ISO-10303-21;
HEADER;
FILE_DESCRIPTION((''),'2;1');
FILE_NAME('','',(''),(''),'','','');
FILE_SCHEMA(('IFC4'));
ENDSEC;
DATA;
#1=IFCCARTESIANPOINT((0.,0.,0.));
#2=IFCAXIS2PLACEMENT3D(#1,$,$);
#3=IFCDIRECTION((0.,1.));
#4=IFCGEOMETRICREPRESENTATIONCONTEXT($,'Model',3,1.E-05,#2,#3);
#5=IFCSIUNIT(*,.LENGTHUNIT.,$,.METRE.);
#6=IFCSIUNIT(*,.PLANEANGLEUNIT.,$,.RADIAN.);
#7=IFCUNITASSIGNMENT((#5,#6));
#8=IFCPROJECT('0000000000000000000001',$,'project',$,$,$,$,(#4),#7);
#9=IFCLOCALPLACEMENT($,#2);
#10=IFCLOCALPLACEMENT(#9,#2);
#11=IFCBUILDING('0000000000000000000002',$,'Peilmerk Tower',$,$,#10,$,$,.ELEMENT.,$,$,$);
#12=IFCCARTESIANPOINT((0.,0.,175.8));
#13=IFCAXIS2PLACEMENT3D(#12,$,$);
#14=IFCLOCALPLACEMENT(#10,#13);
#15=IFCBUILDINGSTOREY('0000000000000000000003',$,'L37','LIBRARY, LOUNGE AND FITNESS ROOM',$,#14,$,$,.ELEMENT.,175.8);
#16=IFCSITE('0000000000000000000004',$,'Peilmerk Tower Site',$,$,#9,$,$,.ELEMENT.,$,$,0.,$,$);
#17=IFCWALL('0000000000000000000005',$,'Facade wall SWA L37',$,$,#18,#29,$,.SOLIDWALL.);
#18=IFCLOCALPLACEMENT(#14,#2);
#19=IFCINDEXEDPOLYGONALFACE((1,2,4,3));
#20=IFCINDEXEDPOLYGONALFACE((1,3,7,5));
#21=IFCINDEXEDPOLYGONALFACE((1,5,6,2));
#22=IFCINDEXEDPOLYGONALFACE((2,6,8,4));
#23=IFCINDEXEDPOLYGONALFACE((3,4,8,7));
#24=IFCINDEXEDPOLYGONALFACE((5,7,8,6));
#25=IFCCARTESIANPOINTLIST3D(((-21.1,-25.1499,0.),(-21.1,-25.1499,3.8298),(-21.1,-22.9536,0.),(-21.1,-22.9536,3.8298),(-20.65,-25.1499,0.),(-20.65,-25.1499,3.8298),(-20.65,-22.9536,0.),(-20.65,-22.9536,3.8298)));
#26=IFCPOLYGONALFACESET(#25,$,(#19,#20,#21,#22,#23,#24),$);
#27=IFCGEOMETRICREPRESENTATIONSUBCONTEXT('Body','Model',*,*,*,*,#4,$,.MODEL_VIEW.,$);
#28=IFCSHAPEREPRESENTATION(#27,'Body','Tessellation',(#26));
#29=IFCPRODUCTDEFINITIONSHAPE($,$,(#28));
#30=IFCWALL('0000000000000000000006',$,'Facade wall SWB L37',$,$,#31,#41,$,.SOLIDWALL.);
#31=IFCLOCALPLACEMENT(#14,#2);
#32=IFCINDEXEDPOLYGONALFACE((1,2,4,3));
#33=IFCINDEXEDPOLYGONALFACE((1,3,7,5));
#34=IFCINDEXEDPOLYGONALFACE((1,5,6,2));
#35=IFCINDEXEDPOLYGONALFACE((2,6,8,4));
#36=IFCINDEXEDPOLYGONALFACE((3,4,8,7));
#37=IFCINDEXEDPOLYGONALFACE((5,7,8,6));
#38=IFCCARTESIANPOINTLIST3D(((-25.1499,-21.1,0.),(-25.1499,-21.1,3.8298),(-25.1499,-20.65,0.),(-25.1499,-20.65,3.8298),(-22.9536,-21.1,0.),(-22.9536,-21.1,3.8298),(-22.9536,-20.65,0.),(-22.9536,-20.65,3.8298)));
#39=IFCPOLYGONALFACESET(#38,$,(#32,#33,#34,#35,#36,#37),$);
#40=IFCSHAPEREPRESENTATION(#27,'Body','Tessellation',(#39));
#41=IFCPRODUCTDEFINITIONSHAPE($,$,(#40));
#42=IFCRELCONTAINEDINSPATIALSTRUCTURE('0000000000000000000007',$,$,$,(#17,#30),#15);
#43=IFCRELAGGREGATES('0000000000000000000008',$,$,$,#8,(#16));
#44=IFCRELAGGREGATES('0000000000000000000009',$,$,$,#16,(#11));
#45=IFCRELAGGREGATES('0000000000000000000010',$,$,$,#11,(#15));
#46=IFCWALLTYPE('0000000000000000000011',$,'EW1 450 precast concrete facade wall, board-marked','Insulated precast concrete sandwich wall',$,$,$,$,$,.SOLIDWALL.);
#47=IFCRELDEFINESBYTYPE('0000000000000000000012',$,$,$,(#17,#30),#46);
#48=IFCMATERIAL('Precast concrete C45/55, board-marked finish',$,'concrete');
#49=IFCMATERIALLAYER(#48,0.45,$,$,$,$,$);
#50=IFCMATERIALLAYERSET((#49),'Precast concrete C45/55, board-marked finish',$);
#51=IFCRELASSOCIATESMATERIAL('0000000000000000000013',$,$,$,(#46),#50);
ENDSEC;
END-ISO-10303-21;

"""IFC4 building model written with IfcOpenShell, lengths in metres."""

from ifc_helpers import new_model, si_unit, direction, frame, frame_2d, origin, place, context, subcontext, project, spatial, rectangle, extrude, material, layer, layer_set, type_object, element, save


model = new_model("IFC4")

# Units and contexts
model_context = context("Model", 3, precision=1e-05, world=origin(), true_north=direction((0.0, 1.0)))
body_context = subcontext(model_context, "Body", "Model", "MODEL_VIEW")
ifc_project = project(units=[si_unit("LENGTHUNIT", "METRE"), si_unit("PLANEANGLEUNIT", "RADIAN")], contexts=[model_context])

# Site, building, storey
site_placement = place(None, origin())
site = spatial("IfcSite", under=ifc_project, at=site_placement, Name="Peilmerk Tower Site", CompositionType="ELEMENT", RefElevation=0.0)
building_placement = place(site_placement, origin())
building = spatial("IfcBuilding", under=site, at=building_placement, Name="Peilmerk Tower", CompositionType="ELEMENT")
storey_placement = place(building_placement, frame((0.0, 0.0, 175.8)))
storey = spatial("IfcBuildingStorey", under=building, at=storey_placement, Name="L37", Description="LIBRARY, LOUNGE AND FITNESS ROOM", CompositionType="ELEMENT", Elevation=175.8)

# Shared definitions
ifc_material_1 = material(Name="Precast concrete C45/55, board-marked finish", Category="concrete")
ifc_layer_1 = layer(ifc_material_1, 0.45)
ifc_layer_set_1 = layer_set([ifc_layer_1], Name="Precast concrete C45/55, board-marked finish")
wall_type = type_object("IfcWallType", Name="EW1 450 precast concrete facade wall, board-marked", Description="Insulated precast concrete sandwich wall", PredefinedType="SOLIDWALL", material=ifc_layer_set_1)

# Walls
for number, where, z_axis, x_axis, name in (
    (1, (-20.875, -22.9536, 0.0), (0.0, 0.0, 1.0), (0.0, -1.0, 0.0), "Facade wall SWA L37"),
    (2, (-22.9536, -20.875, 0.0), (0.0, 0.0, 1.0), (-1.0, 0.0, 0.0), "Facade wall SWB L37"),
):
    element("IfcWall", number, at=place(storey_placement, frame(where, z_axis=z_axis, x_axis=x_axis)), inside=storey, type_object=wall_type, Name=name, PredefinedType="SOLIDWALL", context=body_context, shape_type="SweptSolid", body=[
        extrude(rectangle(XDim=2.1963, YDim=0.45, at=frame_2d((1.0981, 0.0))), origin(), (0.0, 0.0, 1.0), 3.8298),
    ])

save(model, "model.ifc")
